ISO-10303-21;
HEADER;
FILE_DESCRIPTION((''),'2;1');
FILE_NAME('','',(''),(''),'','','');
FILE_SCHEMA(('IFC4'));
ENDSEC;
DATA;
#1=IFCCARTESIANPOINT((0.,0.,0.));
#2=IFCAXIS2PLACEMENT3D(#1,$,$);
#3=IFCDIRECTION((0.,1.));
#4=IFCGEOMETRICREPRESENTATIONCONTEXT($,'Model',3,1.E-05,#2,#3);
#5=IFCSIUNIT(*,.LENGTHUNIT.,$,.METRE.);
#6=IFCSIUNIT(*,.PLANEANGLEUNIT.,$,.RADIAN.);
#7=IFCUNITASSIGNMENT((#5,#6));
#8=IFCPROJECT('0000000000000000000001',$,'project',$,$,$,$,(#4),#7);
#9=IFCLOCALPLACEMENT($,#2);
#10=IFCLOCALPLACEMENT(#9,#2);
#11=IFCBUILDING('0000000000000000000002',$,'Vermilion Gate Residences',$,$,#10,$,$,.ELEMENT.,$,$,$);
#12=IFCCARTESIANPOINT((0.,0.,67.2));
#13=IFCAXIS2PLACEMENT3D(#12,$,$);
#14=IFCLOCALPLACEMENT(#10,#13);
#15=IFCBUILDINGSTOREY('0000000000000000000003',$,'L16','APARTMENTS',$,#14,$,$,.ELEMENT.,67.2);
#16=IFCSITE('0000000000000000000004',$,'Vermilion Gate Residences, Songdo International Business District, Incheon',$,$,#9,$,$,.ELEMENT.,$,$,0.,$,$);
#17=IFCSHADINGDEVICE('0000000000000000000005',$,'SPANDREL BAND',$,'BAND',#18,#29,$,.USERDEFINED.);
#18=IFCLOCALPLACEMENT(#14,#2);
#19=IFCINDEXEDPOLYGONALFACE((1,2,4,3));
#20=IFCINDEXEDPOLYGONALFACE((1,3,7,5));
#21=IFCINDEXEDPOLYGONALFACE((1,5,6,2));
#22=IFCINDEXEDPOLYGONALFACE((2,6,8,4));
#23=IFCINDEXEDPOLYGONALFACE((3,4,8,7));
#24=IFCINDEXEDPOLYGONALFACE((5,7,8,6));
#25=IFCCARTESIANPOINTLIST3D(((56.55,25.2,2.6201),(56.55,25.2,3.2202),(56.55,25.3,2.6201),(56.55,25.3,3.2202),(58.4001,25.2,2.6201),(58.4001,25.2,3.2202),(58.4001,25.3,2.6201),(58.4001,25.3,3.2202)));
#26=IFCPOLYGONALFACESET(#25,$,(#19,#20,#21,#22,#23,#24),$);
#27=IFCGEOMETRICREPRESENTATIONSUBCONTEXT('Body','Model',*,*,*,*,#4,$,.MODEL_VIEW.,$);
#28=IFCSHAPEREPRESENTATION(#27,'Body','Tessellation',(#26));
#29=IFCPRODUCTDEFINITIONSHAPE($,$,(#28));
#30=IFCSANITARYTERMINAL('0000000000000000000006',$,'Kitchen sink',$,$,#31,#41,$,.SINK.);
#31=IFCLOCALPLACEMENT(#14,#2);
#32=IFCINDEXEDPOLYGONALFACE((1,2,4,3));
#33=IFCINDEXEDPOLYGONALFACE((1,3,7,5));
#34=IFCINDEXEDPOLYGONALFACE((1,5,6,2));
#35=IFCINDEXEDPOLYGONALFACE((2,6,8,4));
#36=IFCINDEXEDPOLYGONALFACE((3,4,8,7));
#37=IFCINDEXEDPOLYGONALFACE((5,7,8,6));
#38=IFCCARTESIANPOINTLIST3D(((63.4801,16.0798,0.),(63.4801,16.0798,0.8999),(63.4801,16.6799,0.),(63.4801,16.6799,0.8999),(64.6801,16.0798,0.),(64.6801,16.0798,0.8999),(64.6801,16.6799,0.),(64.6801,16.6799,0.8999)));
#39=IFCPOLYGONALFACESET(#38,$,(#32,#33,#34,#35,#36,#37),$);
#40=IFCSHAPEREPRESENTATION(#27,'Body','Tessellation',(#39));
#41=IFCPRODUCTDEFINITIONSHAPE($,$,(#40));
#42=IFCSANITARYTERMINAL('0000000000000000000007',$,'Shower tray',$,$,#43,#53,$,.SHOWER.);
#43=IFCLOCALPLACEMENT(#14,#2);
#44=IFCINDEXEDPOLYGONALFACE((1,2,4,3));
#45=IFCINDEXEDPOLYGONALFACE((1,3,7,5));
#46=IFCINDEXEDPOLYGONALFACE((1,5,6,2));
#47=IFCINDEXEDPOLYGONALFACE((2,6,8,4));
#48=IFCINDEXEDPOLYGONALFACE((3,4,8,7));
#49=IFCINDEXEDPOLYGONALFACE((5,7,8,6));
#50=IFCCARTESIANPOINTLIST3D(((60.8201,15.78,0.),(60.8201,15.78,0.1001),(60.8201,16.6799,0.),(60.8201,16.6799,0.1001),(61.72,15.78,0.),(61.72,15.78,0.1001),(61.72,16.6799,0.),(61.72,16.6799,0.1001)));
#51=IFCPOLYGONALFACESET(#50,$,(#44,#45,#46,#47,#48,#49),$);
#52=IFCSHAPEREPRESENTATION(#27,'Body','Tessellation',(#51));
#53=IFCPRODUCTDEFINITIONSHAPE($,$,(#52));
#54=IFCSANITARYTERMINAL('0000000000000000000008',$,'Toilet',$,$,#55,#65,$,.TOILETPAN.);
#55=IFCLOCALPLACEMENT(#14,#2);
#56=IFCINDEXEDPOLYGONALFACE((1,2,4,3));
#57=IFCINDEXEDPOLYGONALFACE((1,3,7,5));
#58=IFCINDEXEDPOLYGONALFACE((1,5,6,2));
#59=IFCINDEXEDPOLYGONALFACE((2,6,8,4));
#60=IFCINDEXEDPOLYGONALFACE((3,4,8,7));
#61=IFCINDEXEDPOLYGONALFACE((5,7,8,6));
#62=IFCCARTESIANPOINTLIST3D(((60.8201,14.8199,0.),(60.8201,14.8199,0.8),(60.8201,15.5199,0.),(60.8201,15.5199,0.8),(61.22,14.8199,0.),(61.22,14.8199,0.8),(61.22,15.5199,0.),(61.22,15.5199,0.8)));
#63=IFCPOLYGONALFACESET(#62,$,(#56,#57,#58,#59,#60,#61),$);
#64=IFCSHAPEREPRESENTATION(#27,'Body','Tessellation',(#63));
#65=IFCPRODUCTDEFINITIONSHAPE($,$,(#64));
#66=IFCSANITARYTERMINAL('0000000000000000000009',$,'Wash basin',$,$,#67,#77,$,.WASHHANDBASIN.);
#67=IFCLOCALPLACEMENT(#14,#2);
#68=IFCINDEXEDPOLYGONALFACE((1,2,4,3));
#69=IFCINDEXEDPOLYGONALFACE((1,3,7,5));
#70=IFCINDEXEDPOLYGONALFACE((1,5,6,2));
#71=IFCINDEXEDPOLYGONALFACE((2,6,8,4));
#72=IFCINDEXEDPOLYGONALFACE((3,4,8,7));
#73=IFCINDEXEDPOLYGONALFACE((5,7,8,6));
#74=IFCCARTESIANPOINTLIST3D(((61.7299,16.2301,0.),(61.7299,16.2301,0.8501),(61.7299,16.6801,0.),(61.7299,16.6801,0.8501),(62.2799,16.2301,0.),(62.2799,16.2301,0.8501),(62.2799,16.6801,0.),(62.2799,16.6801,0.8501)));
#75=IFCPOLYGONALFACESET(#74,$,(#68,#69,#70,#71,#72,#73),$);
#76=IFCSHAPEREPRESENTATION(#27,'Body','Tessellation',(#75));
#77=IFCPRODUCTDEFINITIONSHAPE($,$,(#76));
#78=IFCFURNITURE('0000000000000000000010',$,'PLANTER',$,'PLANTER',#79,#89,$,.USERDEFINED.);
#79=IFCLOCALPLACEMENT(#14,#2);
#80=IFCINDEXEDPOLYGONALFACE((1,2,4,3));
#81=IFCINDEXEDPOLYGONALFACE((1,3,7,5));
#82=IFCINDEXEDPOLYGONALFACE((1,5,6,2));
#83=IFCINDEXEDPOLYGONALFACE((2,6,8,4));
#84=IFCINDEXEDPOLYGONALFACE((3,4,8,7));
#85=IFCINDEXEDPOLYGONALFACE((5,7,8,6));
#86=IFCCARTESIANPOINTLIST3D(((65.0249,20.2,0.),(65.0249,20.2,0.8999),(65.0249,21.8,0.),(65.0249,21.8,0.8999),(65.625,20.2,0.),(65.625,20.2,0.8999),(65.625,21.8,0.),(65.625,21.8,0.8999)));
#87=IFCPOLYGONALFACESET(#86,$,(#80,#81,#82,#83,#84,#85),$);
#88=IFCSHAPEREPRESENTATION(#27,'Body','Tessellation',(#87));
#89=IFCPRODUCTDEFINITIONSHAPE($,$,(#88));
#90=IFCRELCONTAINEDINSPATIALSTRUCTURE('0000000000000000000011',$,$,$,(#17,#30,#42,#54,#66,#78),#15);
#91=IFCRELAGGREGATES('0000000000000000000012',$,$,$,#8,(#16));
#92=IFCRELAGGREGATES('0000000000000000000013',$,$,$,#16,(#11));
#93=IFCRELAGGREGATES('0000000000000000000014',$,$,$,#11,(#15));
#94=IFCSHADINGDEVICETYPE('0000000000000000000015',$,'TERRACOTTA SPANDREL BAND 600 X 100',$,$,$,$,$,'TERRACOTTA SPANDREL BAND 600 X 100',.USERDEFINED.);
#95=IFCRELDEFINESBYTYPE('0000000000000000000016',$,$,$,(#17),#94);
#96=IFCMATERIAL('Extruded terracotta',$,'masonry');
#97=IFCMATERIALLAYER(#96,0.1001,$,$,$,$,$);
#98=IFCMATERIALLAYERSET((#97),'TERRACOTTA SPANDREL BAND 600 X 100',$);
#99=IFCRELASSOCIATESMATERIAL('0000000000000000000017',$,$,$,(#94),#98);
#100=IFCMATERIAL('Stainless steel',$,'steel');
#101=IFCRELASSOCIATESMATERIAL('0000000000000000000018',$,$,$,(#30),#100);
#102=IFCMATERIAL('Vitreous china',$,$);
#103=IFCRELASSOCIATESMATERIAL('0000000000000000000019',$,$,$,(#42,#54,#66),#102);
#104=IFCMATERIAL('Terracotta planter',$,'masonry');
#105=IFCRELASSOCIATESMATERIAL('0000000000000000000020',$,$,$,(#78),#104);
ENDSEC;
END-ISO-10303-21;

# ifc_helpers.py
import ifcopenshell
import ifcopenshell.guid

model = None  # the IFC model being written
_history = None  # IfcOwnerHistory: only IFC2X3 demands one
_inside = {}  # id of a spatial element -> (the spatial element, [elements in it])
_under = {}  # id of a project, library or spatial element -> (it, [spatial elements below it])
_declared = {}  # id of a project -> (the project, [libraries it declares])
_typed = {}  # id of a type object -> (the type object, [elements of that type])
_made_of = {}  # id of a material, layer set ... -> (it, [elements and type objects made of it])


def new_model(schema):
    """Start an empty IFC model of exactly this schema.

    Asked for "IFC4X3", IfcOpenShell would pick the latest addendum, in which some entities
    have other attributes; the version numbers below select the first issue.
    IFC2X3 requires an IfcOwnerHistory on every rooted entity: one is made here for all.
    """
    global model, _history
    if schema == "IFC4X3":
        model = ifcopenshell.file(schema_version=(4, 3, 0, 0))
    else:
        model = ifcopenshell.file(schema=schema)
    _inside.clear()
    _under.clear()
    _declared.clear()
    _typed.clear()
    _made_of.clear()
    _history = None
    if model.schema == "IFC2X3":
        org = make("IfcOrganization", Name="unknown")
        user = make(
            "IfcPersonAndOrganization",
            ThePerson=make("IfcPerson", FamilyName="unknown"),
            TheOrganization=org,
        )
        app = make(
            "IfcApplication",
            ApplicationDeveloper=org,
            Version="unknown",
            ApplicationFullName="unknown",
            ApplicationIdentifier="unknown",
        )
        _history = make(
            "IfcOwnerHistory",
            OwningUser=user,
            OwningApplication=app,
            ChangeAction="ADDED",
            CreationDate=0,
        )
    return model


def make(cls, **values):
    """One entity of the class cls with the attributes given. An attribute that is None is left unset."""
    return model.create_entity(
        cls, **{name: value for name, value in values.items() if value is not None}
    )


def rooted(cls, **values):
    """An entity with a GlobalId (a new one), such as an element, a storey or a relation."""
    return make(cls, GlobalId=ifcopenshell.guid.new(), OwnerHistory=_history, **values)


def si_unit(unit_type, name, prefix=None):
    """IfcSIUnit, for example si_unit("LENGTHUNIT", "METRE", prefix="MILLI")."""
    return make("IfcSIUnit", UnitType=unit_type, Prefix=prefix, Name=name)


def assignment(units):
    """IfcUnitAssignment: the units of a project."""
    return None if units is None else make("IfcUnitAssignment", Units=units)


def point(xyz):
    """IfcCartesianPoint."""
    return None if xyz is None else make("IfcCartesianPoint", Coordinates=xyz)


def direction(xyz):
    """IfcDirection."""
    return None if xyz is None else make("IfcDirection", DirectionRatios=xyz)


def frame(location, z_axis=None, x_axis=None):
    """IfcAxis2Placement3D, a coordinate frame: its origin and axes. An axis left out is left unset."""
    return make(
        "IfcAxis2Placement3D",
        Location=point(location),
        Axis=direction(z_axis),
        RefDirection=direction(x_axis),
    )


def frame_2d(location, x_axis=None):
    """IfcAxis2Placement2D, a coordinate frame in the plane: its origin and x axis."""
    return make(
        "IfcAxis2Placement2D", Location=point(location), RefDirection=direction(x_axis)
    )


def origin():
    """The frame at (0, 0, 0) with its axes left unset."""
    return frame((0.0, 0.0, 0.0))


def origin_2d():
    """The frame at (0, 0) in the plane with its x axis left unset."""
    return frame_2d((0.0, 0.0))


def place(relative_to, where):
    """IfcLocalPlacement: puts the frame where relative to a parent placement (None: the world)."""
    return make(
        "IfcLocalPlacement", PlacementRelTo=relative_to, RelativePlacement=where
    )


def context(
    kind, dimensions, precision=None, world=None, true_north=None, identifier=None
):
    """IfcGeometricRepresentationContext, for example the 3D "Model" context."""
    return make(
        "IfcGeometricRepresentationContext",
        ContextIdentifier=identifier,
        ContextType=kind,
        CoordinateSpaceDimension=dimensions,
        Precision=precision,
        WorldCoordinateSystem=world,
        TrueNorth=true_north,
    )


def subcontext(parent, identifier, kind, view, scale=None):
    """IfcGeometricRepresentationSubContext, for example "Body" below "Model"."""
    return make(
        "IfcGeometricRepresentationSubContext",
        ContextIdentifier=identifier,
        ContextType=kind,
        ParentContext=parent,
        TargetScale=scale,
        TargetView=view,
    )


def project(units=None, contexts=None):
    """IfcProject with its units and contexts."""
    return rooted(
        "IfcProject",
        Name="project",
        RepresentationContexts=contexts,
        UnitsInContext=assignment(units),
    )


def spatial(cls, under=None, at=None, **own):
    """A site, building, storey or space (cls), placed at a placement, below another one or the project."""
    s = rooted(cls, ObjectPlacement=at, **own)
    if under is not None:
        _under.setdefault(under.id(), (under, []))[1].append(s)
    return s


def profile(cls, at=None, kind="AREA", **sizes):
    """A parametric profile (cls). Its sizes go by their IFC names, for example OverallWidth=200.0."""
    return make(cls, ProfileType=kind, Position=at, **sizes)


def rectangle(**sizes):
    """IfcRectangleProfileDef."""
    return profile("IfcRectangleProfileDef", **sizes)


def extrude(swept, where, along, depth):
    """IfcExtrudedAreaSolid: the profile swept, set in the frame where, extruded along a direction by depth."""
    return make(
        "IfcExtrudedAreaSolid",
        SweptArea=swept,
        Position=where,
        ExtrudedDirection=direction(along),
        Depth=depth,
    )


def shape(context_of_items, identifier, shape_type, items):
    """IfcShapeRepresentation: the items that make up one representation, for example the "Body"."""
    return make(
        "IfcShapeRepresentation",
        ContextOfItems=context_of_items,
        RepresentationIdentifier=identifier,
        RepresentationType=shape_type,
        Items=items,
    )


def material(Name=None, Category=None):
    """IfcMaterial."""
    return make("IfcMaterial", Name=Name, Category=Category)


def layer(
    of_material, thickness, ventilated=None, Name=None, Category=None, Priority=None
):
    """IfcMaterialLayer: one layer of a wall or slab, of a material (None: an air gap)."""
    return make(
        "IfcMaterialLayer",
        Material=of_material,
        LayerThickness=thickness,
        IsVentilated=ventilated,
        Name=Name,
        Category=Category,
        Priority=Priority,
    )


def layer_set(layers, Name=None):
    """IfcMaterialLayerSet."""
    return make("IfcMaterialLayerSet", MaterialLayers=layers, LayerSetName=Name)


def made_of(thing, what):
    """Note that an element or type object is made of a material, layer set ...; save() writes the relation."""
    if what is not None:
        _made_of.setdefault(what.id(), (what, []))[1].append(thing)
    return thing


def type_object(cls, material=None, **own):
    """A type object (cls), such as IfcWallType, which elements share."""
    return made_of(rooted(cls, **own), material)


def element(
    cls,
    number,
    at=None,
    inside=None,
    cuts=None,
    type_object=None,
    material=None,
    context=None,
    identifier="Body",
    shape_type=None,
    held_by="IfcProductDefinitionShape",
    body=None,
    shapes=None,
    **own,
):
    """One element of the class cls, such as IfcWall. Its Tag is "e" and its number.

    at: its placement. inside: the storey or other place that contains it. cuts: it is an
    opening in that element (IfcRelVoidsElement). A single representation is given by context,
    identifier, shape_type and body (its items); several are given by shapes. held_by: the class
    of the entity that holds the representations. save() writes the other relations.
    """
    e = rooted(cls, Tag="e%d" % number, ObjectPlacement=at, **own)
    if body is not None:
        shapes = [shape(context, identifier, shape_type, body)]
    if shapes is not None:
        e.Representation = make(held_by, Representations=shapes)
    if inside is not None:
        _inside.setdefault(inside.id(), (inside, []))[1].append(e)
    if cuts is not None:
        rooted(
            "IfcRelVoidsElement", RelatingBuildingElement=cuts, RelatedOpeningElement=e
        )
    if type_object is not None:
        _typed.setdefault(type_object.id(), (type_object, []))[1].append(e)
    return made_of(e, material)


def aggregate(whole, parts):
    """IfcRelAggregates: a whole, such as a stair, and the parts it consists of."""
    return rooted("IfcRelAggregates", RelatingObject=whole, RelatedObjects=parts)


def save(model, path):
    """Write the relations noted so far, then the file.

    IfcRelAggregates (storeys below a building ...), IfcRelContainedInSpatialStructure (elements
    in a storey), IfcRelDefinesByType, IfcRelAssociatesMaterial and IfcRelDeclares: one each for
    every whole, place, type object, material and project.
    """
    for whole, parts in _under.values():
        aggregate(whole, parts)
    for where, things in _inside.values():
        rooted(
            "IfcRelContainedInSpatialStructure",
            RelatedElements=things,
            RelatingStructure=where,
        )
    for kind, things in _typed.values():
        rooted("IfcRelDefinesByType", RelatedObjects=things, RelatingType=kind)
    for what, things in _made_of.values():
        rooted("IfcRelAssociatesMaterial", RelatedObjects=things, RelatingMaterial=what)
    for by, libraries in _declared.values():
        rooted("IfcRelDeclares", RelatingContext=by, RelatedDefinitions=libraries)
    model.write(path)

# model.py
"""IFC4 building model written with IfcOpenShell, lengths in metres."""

from ifc_helpers import new_model, si_unit, direction, frame, origin, origin_2d, place, context, subcontext, project, spatial, rectangle, extrude, material, layer, layer_set, type_object, element, save


model = new_model("IFC4")

# Units and contexts
model_context = context("Model", 3, precision=1e-05, world=origin(), true_north=direction((0.0, 1.0)))
body_context = subcontext(model_context, "Body", "Model", "MODEL_VIEW")
ifc_project = project(units=[si_unit("LENGTHUNIT", "METRE"), si_unit("PLANEANGLEUNIT", "RADIAN")], contexts=[model_context])

# Site, building, storey
site_placement = place(None, origin())
site = spatial("IfcSite", under=ifc_project, at=site_placement, Name="Vermilion Gate Residences, Songdo International Business District, Incheon", CompositionType="ELEMENT", RefElevation=0.0)
building_placement = place(site_placement, origin())
building = spatial("IfcBuilding", under=site, at=building_placement, Name="Vermilion Gate Residences", CompositionType="ELEMENT")
storey_placement = place(building_placement, frame((0.0, 0.0, 67.2)))
storey = spatial("IfcBuildingStorey", under=building, at=storey_placement, Name="L16", Description="APARTMENTS", CompositionType="ELEMENT", Elevation=67.2)

# Shading device
ifc_material_1 = material(Name="Extruded terracotta", Category="masonry")
ifc_layer_1 = layer(ifc_material_1, 0.1001)
ifc_layer_set_1 = layer_set([ifc_layer_1], Name="TERRACOTTA SPANDREL BAND 600 X 100")
shading_device_type_1 = type_object("IfcShadingDeviceType", Name="TERRACOTTA SPANDREL BAND 600 X 100", ElementType="TERRACOTTA SPANDREL BAND 600 X 100", PredefinedType="USERDEFINED", material=ifc_layer_set_1)
shading_device_placement = place(storey_placement, frame((57.4751, 25.25, 2.6201), z_axis=(0.0, 0.0, 1.0), x_axis=(1.0, 0.0, 0.0)))
element("IfcShadingDevice", 1, at=shading_device_placement, inside=storey, type_object=shading_device_type_1, Name="SPANDREL BAND", ObjectType="BAND", PredefinedType="USERDEFINED", context=body_context, shape_type="SweptSolid", body=[
    extrude(rectangle(XDim=1.8501, YDim=0.1001, at=origin_2d()), origin(), (0.0, 0.0, 1.0), 0.6001),
])

# Sanitary terminals
ifc_material_2 = material(Name="Stainless steel", Category="steel")
sanitary_terminal_1_placement = place(storey_placement, frame((64.0801, 16.3799, 0.0), z_axis=(0.0, 0.0, 1.0), x_axis=(1.0, 0.0, 0.0)))
element("IfcSanitaryTerminal", 2, at=sanitary_terminal_1_placement, inside=storey, material=ifc_material_2, Name="Kitchen sink", PredefinedType="SINK", context=body_context, shape_type="SweptSolid", body=[
    extrude(rectangle(XDim=1.2, YDim=0.6001, at=origin_2d()), origin(), (0.0, 0.0, 1.0), 0.8999),
])
ifc_material_3 = material(Name="Vitreous china")
sanitary_terminal_2_placement = place(storey_placement, frame((61.27, 16.23, 0.0), z_axis=(0.0, 0.0, 1.0), x_axis=(1.0, 0.0, 0.0)))
element("IfcSanitaryTerminal", 3, at=sanitary_terminal_2_placement, inside=storey, material=ifc_material_3, Name="Shower tray", PredefinedType="SHOWER", context=body_context, shape_type="SweptSolid", body=[
    extrude(rectangle(XDim=0.8999, YDim=0.8999, at=origin_2d()), origin(), (0.0, 0.0, 1.0), 0.1001),
])
sanitary_terminal_3_placement = place(storey_placement, frame((61.02, 15.1699, 0.0), z_axis=(0.0, 0.0, 1.0), x_axis=(1.0, 0.0, 0.0)))
element("IfcSanitaryTerminal", 4, at=sanitary_terminal_3_placement, inside=storey, material=ifc_material_3, Name="Toilet", PredefinedType="TOILETPAN", context=body_context, shape_type="SweptSolid", body=[
    extrude(rectangle(XDim=0.3999, YDim=0.7, at=origin_2d()), origin(), (0.0, 0.0, 1.0), 0.8),
])
sanitary_terminal_4_placement = place(storey_placement, frame((62.0049, 16.4551, 0.0), z_axis=(0.0, 0.0, 1.0), x_axis=(1.0, 0.0, 0.0)))
element("IfcSanitaryTerminal", 5, at=sanitary_terminal_4_placement, inside=storey, material=ifc_material_3, Name="Wash basin", PredefinedType="WASHHANDBASIN", context=body_context, shape_type="SweptSolid", body=[
    extrude(rectangle(XDim=0.55, YDim=0.45, at=origin_2d()), origin(), (0.0, 0.0, 1.0), 0.8501),
])

# Furniture
ifc_material_4 = material(Name="Terracotta planter", Category="masonry")
furniture_placement = place(storey_placement, frame((65.325, 21.0, 0.0), z_axis=(0.0, 0.0, 1.0), x_axis=(0.0, 1.0, 0.0)))
element("IfcFurniture", 6, at=furniture_placement, inside=storey, material=ifc_material_4, Name="PLANTER", ObjectType="PLANTER", PredefinedType="USERDEFINED", context=body_context, shape_type="SweptSolid", body=[
    extrude(rectangle(XDim=1.6001, YDim=0.6001, at=origin_2d()), origin(), (0.0, 0.0, 1.0), 0.8999),
])

save(model, "model.ifc")
